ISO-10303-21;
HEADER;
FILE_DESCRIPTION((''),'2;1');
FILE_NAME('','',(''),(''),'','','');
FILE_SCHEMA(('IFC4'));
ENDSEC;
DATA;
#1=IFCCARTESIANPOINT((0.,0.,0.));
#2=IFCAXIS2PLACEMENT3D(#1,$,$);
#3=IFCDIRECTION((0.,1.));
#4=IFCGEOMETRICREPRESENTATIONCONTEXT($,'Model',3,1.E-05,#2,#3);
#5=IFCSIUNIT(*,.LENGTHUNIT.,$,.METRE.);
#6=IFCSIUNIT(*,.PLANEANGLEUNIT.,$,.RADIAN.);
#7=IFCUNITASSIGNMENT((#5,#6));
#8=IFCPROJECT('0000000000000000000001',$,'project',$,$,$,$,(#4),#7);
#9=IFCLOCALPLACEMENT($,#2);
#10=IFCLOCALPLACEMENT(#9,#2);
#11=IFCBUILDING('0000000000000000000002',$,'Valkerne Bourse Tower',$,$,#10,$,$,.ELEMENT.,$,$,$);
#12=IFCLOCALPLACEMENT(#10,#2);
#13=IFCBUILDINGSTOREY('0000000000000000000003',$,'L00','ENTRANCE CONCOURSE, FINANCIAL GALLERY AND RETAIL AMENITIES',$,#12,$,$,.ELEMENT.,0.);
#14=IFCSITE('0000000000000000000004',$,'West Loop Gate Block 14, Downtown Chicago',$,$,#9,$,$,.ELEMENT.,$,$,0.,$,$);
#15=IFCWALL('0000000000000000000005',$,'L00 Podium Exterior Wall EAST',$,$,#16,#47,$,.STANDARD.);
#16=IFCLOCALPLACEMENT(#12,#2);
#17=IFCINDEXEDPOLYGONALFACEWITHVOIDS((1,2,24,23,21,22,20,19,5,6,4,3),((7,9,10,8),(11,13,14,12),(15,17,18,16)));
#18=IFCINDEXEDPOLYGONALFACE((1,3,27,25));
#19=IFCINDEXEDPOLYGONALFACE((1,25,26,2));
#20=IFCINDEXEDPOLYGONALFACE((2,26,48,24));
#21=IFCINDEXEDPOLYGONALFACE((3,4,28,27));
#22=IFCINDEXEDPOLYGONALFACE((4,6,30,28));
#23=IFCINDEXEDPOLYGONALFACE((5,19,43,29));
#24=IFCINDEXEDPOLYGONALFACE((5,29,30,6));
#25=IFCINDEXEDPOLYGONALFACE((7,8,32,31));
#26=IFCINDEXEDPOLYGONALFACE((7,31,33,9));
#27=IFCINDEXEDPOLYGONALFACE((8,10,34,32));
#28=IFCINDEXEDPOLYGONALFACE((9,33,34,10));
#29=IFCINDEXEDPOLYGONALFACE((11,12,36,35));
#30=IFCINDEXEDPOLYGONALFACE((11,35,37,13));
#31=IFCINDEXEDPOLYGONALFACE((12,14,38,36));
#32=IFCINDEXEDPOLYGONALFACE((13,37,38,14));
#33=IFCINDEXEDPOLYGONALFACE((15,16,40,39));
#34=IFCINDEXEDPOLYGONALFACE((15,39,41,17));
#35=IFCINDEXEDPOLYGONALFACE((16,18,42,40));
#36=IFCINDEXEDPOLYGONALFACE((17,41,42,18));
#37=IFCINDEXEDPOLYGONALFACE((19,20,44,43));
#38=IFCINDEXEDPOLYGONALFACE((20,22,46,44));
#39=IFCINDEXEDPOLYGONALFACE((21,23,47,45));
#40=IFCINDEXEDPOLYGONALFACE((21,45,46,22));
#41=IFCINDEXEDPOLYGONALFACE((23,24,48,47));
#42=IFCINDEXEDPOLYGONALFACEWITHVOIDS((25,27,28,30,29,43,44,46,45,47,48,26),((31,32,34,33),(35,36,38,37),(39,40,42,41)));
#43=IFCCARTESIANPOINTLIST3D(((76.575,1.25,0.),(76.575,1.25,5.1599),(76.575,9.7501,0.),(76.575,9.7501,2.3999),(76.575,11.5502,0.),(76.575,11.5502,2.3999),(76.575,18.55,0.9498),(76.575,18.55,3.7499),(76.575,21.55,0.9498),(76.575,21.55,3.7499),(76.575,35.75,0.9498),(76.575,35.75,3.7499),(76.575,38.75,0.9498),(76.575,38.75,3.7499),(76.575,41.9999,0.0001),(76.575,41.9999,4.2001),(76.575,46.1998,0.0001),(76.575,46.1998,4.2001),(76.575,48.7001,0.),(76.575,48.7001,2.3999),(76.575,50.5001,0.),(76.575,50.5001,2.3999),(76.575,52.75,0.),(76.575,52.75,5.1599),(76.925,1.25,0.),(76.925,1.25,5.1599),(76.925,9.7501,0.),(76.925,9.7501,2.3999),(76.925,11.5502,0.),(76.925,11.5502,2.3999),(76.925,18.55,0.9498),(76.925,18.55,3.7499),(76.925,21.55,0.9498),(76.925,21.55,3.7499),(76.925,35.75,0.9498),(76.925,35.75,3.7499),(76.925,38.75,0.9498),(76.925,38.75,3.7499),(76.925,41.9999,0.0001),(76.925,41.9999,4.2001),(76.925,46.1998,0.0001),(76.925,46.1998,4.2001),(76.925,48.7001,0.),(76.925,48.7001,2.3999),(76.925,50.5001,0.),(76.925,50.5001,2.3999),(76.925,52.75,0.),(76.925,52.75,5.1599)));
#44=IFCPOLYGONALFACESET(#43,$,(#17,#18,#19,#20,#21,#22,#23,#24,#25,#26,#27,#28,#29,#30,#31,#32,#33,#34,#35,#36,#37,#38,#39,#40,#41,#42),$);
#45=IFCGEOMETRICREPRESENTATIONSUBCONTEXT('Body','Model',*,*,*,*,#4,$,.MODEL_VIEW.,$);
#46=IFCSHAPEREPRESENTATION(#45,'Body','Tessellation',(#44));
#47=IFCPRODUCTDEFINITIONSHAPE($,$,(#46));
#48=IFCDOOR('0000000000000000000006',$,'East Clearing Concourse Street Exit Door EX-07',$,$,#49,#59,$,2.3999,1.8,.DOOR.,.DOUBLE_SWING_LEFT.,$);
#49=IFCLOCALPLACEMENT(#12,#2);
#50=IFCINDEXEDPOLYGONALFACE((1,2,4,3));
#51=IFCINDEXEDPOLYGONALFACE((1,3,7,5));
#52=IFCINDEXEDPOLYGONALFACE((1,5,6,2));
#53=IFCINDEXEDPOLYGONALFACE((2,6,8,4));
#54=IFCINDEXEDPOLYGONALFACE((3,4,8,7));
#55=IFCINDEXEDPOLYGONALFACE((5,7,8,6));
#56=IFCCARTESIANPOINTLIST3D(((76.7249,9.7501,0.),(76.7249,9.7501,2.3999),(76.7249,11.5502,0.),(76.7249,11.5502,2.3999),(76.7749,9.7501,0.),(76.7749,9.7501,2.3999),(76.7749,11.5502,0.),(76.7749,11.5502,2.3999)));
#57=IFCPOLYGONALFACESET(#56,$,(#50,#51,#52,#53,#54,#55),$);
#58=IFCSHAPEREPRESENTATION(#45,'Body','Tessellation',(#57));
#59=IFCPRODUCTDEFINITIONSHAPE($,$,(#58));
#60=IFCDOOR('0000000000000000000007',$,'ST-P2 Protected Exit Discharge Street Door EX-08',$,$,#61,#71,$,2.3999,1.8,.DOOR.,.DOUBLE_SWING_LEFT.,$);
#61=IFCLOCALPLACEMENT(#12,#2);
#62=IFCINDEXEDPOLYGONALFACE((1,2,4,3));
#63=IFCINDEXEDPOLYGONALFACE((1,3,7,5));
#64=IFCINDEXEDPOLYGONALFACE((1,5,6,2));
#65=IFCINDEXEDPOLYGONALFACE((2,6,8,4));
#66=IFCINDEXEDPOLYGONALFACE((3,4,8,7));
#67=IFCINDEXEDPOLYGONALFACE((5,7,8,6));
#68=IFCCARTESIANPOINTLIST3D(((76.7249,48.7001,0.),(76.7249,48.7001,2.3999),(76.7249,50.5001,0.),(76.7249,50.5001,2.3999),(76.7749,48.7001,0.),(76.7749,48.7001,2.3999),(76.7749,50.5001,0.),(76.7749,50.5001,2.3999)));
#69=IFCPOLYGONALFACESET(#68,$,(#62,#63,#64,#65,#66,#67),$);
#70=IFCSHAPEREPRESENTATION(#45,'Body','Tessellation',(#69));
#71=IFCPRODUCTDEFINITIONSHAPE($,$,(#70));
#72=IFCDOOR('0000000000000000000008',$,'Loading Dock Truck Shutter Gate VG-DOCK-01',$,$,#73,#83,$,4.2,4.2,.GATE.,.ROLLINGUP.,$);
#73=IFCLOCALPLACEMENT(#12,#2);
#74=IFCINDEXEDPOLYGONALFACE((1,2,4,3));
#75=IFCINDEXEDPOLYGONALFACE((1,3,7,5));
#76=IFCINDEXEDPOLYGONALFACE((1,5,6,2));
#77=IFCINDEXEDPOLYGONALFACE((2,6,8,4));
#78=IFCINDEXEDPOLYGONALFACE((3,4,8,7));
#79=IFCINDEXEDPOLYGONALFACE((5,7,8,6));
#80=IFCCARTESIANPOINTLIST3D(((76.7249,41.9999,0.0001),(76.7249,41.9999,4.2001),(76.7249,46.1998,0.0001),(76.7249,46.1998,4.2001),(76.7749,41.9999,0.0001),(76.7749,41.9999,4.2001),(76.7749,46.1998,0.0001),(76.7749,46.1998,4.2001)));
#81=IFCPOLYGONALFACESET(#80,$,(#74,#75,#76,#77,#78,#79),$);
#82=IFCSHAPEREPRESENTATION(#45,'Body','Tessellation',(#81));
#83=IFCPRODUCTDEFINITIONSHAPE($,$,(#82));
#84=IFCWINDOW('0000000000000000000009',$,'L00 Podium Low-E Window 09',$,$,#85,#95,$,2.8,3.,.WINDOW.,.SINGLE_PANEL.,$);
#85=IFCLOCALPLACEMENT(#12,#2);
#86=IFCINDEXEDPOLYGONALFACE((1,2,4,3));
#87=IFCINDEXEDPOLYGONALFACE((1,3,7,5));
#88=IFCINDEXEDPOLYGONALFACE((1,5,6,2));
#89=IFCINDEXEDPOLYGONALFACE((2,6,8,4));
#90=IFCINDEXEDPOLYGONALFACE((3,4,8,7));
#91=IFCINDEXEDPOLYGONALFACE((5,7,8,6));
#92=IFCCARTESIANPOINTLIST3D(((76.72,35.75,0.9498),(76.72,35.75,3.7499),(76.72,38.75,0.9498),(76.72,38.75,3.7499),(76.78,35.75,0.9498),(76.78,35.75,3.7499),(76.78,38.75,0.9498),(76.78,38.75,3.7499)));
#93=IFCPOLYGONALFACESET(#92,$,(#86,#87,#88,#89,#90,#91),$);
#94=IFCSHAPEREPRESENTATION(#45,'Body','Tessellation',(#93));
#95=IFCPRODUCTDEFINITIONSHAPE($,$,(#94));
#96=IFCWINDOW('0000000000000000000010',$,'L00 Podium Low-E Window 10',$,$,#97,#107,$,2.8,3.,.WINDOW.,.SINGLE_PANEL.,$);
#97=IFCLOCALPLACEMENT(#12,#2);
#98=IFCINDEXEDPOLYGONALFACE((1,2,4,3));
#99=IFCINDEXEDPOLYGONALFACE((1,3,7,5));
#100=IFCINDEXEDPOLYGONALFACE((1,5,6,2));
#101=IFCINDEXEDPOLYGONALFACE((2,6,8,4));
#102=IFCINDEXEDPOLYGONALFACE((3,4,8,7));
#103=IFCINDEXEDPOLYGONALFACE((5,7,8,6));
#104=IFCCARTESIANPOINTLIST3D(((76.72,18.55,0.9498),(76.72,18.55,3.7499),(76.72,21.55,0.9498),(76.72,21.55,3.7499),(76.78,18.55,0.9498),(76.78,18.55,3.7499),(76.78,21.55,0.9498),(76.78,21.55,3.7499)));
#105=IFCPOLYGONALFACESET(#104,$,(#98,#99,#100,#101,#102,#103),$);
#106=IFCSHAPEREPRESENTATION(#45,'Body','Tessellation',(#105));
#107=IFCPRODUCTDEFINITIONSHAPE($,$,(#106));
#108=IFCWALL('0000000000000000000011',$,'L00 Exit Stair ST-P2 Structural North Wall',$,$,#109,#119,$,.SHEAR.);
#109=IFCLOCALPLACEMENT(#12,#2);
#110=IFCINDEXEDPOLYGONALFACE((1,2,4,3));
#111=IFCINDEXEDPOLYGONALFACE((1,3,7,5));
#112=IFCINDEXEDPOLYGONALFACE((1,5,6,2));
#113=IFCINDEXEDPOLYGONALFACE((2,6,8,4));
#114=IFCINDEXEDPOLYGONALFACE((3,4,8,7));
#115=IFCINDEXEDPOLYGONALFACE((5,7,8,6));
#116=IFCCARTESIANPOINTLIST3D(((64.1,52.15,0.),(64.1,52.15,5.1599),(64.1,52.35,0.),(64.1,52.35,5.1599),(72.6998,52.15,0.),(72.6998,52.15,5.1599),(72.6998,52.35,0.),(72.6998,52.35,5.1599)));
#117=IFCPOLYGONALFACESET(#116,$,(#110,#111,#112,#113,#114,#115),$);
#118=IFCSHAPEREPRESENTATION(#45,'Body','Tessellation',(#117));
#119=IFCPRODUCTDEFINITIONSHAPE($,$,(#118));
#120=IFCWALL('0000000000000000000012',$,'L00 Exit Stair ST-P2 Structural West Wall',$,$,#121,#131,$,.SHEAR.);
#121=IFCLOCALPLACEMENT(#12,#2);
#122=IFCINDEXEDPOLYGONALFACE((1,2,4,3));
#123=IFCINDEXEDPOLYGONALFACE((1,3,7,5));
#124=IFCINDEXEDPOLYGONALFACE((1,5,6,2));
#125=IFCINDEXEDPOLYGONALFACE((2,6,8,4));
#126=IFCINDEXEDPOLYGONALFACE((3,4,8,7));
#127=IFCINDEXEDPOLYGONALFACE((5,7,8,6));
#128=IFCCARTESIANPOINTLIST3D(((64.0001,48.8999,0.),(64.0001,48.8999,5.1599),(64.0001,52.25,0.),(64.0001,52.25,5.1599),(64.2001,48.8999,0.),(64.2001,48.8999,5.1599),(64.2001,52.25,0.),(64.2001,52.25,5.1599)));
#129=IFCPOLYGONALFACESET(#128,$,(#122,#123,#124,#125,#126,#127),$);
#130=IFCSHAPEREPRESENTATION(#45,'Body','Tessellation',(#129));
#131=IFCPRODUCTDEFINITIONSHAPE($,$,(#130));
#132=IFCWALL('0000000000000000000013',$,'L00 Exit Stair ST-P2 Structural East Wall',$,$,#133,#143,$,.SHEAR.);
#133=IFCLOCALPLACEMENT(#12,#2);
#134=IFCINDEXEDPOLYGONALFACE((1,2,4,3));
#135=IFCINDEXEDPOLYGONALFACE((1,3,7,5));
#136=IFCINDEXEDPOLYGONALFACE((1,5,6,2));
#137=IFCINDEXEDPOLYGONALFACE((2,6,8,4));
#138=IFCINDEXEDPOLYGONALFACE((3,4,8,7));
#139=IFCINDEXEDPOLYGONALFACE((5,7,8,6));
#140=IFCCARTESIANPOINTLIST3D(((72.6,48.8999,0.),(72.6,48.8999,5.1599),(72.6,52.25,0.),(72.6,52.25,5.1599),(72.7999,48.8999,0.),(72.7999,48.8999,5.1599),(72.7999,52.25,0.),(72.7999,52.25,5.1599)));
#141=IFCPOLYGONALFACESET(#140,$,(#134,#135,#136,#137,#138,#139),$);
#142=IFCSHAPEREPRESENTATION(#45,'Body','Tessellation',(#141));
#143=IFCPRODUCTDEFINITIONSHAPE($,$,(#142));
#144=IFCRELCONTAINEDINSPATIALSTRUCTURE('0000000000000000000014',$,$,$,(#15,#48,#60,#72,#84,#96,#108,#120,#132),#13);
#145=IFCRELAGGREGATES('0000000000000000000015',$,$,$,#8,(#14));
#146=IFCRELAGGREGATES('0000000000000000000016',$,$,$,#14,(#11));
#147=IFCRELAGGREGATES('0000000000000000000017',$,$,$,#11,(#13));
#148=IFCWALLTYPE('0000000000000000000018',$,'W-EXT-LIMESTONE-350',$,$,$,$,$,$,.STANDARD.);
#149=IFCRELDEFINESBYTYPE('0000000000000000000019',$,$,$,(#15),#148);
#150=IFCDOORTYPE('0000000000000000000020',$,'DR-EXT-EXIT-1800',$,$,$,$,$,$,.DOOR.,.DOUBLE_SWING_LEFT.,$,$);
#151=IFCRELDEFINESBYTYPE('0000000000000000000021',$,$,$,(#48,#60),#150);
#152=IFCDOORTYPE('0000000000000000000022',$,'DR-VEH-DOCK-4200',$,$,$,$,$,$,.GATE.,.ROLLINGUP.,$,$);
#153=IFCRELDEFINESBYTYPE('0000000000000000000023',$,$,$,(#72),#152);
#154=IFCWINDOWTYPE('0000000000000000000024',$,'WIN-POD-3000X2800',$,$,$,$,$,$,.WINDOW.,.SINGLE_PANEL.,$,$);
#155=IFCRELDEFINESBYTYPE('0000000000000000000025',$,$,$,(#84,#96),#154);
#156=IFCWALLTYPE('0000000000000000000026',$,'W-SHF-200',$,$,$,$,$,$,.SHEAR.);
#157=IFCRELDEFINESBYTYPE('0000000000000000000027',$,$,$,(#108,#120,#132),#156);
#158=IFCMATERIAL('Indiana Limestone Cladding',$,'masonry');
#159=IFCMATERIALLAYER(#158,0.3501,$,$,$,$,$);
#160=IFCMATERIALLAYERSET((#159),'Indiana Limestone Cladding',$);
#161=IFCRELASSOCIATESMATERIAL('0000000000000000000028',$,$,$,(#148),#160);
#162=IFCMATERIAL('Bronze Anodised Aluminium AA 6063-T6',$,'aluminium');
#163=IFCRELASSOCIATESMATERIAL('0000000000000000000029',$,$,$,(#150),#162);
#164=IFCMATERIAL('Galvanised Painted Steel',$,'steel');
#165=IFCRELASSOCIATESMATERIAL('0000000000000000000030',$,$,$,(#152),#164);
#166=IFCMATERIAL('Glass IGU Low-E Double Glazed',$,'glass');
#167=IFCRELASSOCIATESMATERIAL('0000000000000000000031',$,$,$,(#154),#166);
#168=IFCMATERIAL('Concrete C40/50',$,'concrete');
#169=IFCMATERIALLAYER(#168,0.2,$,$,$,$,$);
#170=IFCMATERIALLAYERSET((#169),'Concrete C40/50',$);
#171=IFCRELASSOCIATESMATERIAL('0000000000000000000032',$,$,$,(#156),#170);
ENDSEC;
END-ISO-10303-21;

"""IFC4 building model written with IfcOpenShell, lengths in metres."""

from ifc_helpers import new_model, si_unit, direction, frame, frame_2d, origin, place, context, subcontext, project, spatial, rectangle, extrude, material, layer, layer_set, type_object, element, fill, save


model = new_model("IFC4")

# Units and contexts
model_context = context("Model", 3, precision=1e-05, world=origin(), true_north=direction((0.0, 1.0)))
body_context = subcontext(model_context, "Body", "Model", "MODEL_VIEW")
ifc_project = project(units=[si_unit("LENGTHUNIT", "METRE"), si_unit("PLANEANGLEUNIT", "RADIAN")], contexts=[model_context])

# Site, building, storey
site_placement = place(None, origin())
site = spatial("IfcSite", under=ifc_project, at=site_placement, Name="West Loop Gate Block 14, Downtown Chicago", CompositionType="ELEMENT", RefElevation=0.0)
building_placement = place(site_placement, origin())
building = spatial("IfcBuilding", under=site, at=building_placement, Name="Valkerne Bourse Tower", CompositionType="ELEMENT")
storey_placement = place(building_placement, origin())
storey = spatial("IfcBuildingStorey", under=building, at=storey_placement, Name="L00", Description="ENTRANCE CONCOURSE, FINANCIAL GALLERY AND RETAIL AMENITIES", CompositionType="ELEMENT", Elevation=0.0)

# Wall, openings, doors, windows
ifc_material_1 = material(Name="Indiana Limestone Cladding", Category="masonry")
ifc_layer_1 = layer(ifc_material_1, 0.3501)
ifc_layer_set_1 = layer_set([ifc_layer_1], Name="Indiana Limestone Cladding")
wall_type_1 = type_object("IfcWallType", Name="W-EXT-LIMESTONE-350", PredefinedType="STANDARD", material=ifc_layer_set_1)
wall_1_placement = place(storey_placement, frame((76.75, 52.75, 0.0), z_axis=(0.0, 0.0, 1.0), x_axis=(0.0, -1.0, 0.0)))
wall_1 = element("IfcWall", 1, at=wall_1_placement, inside=storey, type_object=wall_type_1, Name="L00 Podium Exterior Wall EAST", PredefinedType="STANDARD", context=body_context, shape_type="SweptSolid", body=[
    extrude(rectangle(XDim=51.5, YDim=0.3501, at=frame_2d((25.75, 0.0))), origin(), (0.0, 0.0, 1.0), 5.1599),
])
opening_1_placement = place(wall_1_placement, frame((6.55, 0.0, 0.0)))
opening_1 = element("IfcOpeningElement", 2, at=opening_1_placement, cuts=wall_1, PredefinedType="OPENING", context=body_context, shape_type="SweptSolid", body=[
    extrude(rectangle(XDim=4.2, YDim=4.2, at=frame_2d((2.1001, 2.1001))), frame((0.0, 0.1851, 0.0), z_axis=(0.0, -1.0, 0.0), x_axis=(1.0, 0.0, 0.0)), (0.0, 0.0, 1.0), 0.3701),
])
opening_2_placement = place(wall_1_placement, frame((41.2, 0.0, 0.0)))
opening_2 = element("IfcOpeningElement", 3, at=opening_2_placement, cuts=wall_1, PredefinedType="OPENING", context=body_context, shape_type="SweptSolid", body=[
    extrude(rectangle(XDim=1.8, YDim=2.3999, at=frame_2d((0.8999, 1.2))), frame((0.0, 0.1851, 0.0), z_axis=(0.0, -1.0, 0.0), x_axis=(1.0, 0.0, 0.0)), (0.0, 0.0, 1.0), 0.3701),
])
opening_3_placement = place(wall_1_placement, frame((2.25, 0.0, 0.0)))
opening_3 = element("IfcOpeningElement", 4, at=opening_3_placement, cuts=wall_1, PredefinedType="OPENING", context=body_context, shape_type="SweptSolid", body=[
    extrude(rectangle(XDim=1.8, YDim=2.3999, at=frame_2d((0.8999, 1.2))), frame((0.0, 0.1851, 0.0), z_axis=(0.0, -1.0, 0.0), x_axis=(1.0, 0.0, 0.0)), (0.0, 0.0, 1.0), 0.3701),
])
opening_4_placement = place(wall_1_placement, frame((14.0, 0.0, 0.95)))
opening_4 = element("IfcOpeningElement", 5, at=opening_4_placement, cuts=wall_1, PredefinedType="OPENING", context=body_context, shape_type="SweptSolid", body=[
    extrude(rectangle(XDim=3.0, YDim=2.8, at=frame_2d((1.5, 1.3999))), frame((0.0, 0.1851, 0.0), z_axis=(0.0, -1.0, 0.0), x_axis=(1.0, 0.0, 0.0)), (0.0, 0.0, 1.0), 0.3701),
])
opening_5_placement = place(wall_1_placement, frame((31.2, 0.0, 0.95)))
opening_5 = element("IfcOpeningElement", 6, at=opening_5_placement, cuts=wall_1, PredefinedType="OPENING", context=body_context, shape_type="SweptSolid", body=[
    extrude(rectangle(XDim=3.0, YDim=2.8, at=frame_2d((1.5, 1.3999))), frame((0.0, 0.1851, 0.0), z_axis=(0.0, -1.0, 0.0), x_axis=(1.0, 0.0, 0.0)), (0.0, 0.0, 1.0), 0.3701),
])
ifc_material_2 = material(Name="Bronze Anodised Aluminium AA 6063-T6", Category="aluminium")
door_type_1 = type_object("IfcDoorType", Name="DR-EXT-EXIT-1800", OperationType="DOUBLE_SWING_LEFT", PredefinedType="DOOR", material=ifc_material_2)
door_1_placement = place(opening_2_placement, origin())
door_1 = element("IfcDoor", 7, at=door_1_placement, inside=storey, type_object=door_type_1, Name="East Clearing Concourse Street Exit Door EX-07", OperationType="DOUBLE_SWING_LEFT", OverallHeight=2.3999, OverallWidth=1.8, PredefinedType="DOOR", context=body_context, shape_type="SweptSolid", body=[
    extrude(rectangle(XDim=1.8, YDim=2.3999, at=frame_2d((0.8999, 1.2))), frame((0.0, 0.0249, 0.0), z_axis=(0.0, -1.0, 0.0), x_axis=(1.0, 0.0, 0.0)), (0.0, 0.0, 1.0), 0.05),
])
fill(opening_2, door_1)
door_2_placement = place(opening_3_placement, origin())
door_2 = element("IfcDoor", 8, at=door_2_placement, inside=storey, type_object=door_type_1, Name="ST-P2 Protected Exit Discharge Street Door EX-08", OperationType="DOUBLE_SWING_LEFT", OverallHeight=2.3999, OverallWidth=1.8, PredefinedType="DOOR", context=body_context, shape_type="SweptSolid", body=[
    extrude(rectangle(XDim=1.8, YDim=2.3999, at=frame_2d((0.8999, 1.2))), frame((0.0, 0.0249, 0.0), z_axis=(0.0, -1.0, 0.0), x_axis=(1.0, 0.0, 0.0)), (0.0, 0.0, 1.0), 0.05),
])
fill(opening_3, door_2)
ifc_material_3 = material(Name="Galvanised Painted Steel", Category="steel")
door_type_2 = type_object("IfcDoorType", Name="DR-VEH-DOCK-4200", OperationType="ROLLINGUP", PredefinedType="GATE", material=ifc_material_3)
door_3_placement = place(opening_1_placement, origin())
door_3 = element("IfcDoor", 9, at=door_3_placement, inside=storey, type_object=door_type_2, Name="Loading Dock Truck Shutter Gate VG-DOCK-01", OperationType="ROLLINGUP", OverallHeight=4.2, OverallWidth=4.2, PredefinedType="GATE", context=body_context, shape_type="SweptSolid", body=[
    extrude(rectangle(XDim=4.2, YDim=4.2, at=frame_2d((2.1001, 2.1001))), frame((0.0, 0.0249, 0.0), z_axis=(0.0, -1.0, 0.0), x_axis=(1.0, 0.0, 0.0)), (0.0, 0.0, 1.0), 0.05),
])
fill(opening_1, door_3)
ifc_material_4 = material(Name="Glass IGU Low-E Double Glazed", Category="glass")
window_type = type_object("IfcWindowType", Name="WIN-POD-3000X2800", PartitioningType="SINGLE_PANEL", PredefinedType="WINDOW", material=ifc_material_4)
window_1_placement = place(opening_4_placement, origin())
window_1 = element("IfcWindow", 10, at=window_1_placement, inside=storey, type_object=window_type, Name="L00 Podium Low-E Window 09", OverallHeight=2.8, OverallWidth=3.0, PartitioningType="SINGLE_PANEL", PredefinedType="WINDOW", context=body_context, shape_type="SweptSolid", body=[
    extrude(rectangle(XDim=3.0, YDim=2.8, at=frame_2d((1.5, 1.3999))), frame((0.0, 0.03, 0.0), z_axis=(0.0, -1.0, 0.0), x_axis=(1.0, 0.0, 0.0)), (0.0, 0.0, 1.0), 0.0601),
])
fill(opening_4, window_1)
window_2_placement = place(opening_5_placement, origin())
window_2 = element("IfcWindow", 11, at=window_2_placement, inside=storey, type_object=window_type, Name="L00 Podium Low-E Window 10", OverallHeight=2.8, OverallWidth=3.0, PartitioningType="SINGLE_PANEL", PredefinedType="WINDOW", context=body_context, shape_type="SweptSolid", body=[
    extrude(rectangle(XDim=3.0, YDim=2.8, at=frame_2d((1.5, 1.3999))), frame((0.0, 0.03, 0.0), z_axis=(0.0, -1.0, 0.0), x_axis=(1.0, 0.0, 0.0)), (0.0, 0.0, 1.0), 0.0601),
])
fill(opening_5, window_2)

# Walls
ifc_material_5 = material(Name="Concrete C40/50", Category="concrete")
ifc_layer_2 = layer(ifc_material_5, 0.2)
ifc_layer_set_2 = layer_set([ifc_layer_2], Name="Concrete C40/50")
wall_type_2 = type_object("IfcWallType", Name="W-SHF-200", PredefinedType="SHEAR", material=ifc_layer_set_2)
wall_2_placement = place(storey_placement, frame((64.1001, 52.25, 0.0), z_axis=(0.0, 0.0, 1.0), x_axis=(1.0, 0.0, 0.0)))
element("IfcWall", 12, at=wall_2_placement, inside=storey, type_object=wall_type_2, Name="L00 Exit Stair ST-P2 Structural North Wall", PredefinedType="SHEAR", context=body_context, shape_type="SweptSolid", body=[
    extrude(rectangle(XDim=8.5999, YDim=0.2, at=frame_2d((4.2998, 0.0))), origin(), (0.0, 0.0, 1.0), 5.1599),
])
for number, where, z_axis, x_axis, name in (
    (13, (64.1001, 48.8999, 0.0), (0.0, 0.0, 1.0), (0.0, 1.0, 0.0), "L00 Exit Stair ST-P2 Structural West Wall"),
    (14, (72.7, 48.8999, 0.0), (0.0, 0.0, 1.0), (0.0, 1.0, 0.0), "L00 Exit Stair ST-P2 Structural East Wall"),
):
    element("IfcWall", number, at=place(storey_placement, frame(where, z_axis=z_axis, x_axis=x_axis)), inside=storey, type_object=wall_type_2, Name=name, PredefinedType="SHEAR", context=body_context, shape_type="SweptSolid", body=[
        extrude(rectangle(XDim=3.3501, YDim=0.2, at=frame_2d((1.675, 0.0))), origin(), (0.0, 0.0, 1.0), 5.1599),
    ])

save(model, "model.ifc")
